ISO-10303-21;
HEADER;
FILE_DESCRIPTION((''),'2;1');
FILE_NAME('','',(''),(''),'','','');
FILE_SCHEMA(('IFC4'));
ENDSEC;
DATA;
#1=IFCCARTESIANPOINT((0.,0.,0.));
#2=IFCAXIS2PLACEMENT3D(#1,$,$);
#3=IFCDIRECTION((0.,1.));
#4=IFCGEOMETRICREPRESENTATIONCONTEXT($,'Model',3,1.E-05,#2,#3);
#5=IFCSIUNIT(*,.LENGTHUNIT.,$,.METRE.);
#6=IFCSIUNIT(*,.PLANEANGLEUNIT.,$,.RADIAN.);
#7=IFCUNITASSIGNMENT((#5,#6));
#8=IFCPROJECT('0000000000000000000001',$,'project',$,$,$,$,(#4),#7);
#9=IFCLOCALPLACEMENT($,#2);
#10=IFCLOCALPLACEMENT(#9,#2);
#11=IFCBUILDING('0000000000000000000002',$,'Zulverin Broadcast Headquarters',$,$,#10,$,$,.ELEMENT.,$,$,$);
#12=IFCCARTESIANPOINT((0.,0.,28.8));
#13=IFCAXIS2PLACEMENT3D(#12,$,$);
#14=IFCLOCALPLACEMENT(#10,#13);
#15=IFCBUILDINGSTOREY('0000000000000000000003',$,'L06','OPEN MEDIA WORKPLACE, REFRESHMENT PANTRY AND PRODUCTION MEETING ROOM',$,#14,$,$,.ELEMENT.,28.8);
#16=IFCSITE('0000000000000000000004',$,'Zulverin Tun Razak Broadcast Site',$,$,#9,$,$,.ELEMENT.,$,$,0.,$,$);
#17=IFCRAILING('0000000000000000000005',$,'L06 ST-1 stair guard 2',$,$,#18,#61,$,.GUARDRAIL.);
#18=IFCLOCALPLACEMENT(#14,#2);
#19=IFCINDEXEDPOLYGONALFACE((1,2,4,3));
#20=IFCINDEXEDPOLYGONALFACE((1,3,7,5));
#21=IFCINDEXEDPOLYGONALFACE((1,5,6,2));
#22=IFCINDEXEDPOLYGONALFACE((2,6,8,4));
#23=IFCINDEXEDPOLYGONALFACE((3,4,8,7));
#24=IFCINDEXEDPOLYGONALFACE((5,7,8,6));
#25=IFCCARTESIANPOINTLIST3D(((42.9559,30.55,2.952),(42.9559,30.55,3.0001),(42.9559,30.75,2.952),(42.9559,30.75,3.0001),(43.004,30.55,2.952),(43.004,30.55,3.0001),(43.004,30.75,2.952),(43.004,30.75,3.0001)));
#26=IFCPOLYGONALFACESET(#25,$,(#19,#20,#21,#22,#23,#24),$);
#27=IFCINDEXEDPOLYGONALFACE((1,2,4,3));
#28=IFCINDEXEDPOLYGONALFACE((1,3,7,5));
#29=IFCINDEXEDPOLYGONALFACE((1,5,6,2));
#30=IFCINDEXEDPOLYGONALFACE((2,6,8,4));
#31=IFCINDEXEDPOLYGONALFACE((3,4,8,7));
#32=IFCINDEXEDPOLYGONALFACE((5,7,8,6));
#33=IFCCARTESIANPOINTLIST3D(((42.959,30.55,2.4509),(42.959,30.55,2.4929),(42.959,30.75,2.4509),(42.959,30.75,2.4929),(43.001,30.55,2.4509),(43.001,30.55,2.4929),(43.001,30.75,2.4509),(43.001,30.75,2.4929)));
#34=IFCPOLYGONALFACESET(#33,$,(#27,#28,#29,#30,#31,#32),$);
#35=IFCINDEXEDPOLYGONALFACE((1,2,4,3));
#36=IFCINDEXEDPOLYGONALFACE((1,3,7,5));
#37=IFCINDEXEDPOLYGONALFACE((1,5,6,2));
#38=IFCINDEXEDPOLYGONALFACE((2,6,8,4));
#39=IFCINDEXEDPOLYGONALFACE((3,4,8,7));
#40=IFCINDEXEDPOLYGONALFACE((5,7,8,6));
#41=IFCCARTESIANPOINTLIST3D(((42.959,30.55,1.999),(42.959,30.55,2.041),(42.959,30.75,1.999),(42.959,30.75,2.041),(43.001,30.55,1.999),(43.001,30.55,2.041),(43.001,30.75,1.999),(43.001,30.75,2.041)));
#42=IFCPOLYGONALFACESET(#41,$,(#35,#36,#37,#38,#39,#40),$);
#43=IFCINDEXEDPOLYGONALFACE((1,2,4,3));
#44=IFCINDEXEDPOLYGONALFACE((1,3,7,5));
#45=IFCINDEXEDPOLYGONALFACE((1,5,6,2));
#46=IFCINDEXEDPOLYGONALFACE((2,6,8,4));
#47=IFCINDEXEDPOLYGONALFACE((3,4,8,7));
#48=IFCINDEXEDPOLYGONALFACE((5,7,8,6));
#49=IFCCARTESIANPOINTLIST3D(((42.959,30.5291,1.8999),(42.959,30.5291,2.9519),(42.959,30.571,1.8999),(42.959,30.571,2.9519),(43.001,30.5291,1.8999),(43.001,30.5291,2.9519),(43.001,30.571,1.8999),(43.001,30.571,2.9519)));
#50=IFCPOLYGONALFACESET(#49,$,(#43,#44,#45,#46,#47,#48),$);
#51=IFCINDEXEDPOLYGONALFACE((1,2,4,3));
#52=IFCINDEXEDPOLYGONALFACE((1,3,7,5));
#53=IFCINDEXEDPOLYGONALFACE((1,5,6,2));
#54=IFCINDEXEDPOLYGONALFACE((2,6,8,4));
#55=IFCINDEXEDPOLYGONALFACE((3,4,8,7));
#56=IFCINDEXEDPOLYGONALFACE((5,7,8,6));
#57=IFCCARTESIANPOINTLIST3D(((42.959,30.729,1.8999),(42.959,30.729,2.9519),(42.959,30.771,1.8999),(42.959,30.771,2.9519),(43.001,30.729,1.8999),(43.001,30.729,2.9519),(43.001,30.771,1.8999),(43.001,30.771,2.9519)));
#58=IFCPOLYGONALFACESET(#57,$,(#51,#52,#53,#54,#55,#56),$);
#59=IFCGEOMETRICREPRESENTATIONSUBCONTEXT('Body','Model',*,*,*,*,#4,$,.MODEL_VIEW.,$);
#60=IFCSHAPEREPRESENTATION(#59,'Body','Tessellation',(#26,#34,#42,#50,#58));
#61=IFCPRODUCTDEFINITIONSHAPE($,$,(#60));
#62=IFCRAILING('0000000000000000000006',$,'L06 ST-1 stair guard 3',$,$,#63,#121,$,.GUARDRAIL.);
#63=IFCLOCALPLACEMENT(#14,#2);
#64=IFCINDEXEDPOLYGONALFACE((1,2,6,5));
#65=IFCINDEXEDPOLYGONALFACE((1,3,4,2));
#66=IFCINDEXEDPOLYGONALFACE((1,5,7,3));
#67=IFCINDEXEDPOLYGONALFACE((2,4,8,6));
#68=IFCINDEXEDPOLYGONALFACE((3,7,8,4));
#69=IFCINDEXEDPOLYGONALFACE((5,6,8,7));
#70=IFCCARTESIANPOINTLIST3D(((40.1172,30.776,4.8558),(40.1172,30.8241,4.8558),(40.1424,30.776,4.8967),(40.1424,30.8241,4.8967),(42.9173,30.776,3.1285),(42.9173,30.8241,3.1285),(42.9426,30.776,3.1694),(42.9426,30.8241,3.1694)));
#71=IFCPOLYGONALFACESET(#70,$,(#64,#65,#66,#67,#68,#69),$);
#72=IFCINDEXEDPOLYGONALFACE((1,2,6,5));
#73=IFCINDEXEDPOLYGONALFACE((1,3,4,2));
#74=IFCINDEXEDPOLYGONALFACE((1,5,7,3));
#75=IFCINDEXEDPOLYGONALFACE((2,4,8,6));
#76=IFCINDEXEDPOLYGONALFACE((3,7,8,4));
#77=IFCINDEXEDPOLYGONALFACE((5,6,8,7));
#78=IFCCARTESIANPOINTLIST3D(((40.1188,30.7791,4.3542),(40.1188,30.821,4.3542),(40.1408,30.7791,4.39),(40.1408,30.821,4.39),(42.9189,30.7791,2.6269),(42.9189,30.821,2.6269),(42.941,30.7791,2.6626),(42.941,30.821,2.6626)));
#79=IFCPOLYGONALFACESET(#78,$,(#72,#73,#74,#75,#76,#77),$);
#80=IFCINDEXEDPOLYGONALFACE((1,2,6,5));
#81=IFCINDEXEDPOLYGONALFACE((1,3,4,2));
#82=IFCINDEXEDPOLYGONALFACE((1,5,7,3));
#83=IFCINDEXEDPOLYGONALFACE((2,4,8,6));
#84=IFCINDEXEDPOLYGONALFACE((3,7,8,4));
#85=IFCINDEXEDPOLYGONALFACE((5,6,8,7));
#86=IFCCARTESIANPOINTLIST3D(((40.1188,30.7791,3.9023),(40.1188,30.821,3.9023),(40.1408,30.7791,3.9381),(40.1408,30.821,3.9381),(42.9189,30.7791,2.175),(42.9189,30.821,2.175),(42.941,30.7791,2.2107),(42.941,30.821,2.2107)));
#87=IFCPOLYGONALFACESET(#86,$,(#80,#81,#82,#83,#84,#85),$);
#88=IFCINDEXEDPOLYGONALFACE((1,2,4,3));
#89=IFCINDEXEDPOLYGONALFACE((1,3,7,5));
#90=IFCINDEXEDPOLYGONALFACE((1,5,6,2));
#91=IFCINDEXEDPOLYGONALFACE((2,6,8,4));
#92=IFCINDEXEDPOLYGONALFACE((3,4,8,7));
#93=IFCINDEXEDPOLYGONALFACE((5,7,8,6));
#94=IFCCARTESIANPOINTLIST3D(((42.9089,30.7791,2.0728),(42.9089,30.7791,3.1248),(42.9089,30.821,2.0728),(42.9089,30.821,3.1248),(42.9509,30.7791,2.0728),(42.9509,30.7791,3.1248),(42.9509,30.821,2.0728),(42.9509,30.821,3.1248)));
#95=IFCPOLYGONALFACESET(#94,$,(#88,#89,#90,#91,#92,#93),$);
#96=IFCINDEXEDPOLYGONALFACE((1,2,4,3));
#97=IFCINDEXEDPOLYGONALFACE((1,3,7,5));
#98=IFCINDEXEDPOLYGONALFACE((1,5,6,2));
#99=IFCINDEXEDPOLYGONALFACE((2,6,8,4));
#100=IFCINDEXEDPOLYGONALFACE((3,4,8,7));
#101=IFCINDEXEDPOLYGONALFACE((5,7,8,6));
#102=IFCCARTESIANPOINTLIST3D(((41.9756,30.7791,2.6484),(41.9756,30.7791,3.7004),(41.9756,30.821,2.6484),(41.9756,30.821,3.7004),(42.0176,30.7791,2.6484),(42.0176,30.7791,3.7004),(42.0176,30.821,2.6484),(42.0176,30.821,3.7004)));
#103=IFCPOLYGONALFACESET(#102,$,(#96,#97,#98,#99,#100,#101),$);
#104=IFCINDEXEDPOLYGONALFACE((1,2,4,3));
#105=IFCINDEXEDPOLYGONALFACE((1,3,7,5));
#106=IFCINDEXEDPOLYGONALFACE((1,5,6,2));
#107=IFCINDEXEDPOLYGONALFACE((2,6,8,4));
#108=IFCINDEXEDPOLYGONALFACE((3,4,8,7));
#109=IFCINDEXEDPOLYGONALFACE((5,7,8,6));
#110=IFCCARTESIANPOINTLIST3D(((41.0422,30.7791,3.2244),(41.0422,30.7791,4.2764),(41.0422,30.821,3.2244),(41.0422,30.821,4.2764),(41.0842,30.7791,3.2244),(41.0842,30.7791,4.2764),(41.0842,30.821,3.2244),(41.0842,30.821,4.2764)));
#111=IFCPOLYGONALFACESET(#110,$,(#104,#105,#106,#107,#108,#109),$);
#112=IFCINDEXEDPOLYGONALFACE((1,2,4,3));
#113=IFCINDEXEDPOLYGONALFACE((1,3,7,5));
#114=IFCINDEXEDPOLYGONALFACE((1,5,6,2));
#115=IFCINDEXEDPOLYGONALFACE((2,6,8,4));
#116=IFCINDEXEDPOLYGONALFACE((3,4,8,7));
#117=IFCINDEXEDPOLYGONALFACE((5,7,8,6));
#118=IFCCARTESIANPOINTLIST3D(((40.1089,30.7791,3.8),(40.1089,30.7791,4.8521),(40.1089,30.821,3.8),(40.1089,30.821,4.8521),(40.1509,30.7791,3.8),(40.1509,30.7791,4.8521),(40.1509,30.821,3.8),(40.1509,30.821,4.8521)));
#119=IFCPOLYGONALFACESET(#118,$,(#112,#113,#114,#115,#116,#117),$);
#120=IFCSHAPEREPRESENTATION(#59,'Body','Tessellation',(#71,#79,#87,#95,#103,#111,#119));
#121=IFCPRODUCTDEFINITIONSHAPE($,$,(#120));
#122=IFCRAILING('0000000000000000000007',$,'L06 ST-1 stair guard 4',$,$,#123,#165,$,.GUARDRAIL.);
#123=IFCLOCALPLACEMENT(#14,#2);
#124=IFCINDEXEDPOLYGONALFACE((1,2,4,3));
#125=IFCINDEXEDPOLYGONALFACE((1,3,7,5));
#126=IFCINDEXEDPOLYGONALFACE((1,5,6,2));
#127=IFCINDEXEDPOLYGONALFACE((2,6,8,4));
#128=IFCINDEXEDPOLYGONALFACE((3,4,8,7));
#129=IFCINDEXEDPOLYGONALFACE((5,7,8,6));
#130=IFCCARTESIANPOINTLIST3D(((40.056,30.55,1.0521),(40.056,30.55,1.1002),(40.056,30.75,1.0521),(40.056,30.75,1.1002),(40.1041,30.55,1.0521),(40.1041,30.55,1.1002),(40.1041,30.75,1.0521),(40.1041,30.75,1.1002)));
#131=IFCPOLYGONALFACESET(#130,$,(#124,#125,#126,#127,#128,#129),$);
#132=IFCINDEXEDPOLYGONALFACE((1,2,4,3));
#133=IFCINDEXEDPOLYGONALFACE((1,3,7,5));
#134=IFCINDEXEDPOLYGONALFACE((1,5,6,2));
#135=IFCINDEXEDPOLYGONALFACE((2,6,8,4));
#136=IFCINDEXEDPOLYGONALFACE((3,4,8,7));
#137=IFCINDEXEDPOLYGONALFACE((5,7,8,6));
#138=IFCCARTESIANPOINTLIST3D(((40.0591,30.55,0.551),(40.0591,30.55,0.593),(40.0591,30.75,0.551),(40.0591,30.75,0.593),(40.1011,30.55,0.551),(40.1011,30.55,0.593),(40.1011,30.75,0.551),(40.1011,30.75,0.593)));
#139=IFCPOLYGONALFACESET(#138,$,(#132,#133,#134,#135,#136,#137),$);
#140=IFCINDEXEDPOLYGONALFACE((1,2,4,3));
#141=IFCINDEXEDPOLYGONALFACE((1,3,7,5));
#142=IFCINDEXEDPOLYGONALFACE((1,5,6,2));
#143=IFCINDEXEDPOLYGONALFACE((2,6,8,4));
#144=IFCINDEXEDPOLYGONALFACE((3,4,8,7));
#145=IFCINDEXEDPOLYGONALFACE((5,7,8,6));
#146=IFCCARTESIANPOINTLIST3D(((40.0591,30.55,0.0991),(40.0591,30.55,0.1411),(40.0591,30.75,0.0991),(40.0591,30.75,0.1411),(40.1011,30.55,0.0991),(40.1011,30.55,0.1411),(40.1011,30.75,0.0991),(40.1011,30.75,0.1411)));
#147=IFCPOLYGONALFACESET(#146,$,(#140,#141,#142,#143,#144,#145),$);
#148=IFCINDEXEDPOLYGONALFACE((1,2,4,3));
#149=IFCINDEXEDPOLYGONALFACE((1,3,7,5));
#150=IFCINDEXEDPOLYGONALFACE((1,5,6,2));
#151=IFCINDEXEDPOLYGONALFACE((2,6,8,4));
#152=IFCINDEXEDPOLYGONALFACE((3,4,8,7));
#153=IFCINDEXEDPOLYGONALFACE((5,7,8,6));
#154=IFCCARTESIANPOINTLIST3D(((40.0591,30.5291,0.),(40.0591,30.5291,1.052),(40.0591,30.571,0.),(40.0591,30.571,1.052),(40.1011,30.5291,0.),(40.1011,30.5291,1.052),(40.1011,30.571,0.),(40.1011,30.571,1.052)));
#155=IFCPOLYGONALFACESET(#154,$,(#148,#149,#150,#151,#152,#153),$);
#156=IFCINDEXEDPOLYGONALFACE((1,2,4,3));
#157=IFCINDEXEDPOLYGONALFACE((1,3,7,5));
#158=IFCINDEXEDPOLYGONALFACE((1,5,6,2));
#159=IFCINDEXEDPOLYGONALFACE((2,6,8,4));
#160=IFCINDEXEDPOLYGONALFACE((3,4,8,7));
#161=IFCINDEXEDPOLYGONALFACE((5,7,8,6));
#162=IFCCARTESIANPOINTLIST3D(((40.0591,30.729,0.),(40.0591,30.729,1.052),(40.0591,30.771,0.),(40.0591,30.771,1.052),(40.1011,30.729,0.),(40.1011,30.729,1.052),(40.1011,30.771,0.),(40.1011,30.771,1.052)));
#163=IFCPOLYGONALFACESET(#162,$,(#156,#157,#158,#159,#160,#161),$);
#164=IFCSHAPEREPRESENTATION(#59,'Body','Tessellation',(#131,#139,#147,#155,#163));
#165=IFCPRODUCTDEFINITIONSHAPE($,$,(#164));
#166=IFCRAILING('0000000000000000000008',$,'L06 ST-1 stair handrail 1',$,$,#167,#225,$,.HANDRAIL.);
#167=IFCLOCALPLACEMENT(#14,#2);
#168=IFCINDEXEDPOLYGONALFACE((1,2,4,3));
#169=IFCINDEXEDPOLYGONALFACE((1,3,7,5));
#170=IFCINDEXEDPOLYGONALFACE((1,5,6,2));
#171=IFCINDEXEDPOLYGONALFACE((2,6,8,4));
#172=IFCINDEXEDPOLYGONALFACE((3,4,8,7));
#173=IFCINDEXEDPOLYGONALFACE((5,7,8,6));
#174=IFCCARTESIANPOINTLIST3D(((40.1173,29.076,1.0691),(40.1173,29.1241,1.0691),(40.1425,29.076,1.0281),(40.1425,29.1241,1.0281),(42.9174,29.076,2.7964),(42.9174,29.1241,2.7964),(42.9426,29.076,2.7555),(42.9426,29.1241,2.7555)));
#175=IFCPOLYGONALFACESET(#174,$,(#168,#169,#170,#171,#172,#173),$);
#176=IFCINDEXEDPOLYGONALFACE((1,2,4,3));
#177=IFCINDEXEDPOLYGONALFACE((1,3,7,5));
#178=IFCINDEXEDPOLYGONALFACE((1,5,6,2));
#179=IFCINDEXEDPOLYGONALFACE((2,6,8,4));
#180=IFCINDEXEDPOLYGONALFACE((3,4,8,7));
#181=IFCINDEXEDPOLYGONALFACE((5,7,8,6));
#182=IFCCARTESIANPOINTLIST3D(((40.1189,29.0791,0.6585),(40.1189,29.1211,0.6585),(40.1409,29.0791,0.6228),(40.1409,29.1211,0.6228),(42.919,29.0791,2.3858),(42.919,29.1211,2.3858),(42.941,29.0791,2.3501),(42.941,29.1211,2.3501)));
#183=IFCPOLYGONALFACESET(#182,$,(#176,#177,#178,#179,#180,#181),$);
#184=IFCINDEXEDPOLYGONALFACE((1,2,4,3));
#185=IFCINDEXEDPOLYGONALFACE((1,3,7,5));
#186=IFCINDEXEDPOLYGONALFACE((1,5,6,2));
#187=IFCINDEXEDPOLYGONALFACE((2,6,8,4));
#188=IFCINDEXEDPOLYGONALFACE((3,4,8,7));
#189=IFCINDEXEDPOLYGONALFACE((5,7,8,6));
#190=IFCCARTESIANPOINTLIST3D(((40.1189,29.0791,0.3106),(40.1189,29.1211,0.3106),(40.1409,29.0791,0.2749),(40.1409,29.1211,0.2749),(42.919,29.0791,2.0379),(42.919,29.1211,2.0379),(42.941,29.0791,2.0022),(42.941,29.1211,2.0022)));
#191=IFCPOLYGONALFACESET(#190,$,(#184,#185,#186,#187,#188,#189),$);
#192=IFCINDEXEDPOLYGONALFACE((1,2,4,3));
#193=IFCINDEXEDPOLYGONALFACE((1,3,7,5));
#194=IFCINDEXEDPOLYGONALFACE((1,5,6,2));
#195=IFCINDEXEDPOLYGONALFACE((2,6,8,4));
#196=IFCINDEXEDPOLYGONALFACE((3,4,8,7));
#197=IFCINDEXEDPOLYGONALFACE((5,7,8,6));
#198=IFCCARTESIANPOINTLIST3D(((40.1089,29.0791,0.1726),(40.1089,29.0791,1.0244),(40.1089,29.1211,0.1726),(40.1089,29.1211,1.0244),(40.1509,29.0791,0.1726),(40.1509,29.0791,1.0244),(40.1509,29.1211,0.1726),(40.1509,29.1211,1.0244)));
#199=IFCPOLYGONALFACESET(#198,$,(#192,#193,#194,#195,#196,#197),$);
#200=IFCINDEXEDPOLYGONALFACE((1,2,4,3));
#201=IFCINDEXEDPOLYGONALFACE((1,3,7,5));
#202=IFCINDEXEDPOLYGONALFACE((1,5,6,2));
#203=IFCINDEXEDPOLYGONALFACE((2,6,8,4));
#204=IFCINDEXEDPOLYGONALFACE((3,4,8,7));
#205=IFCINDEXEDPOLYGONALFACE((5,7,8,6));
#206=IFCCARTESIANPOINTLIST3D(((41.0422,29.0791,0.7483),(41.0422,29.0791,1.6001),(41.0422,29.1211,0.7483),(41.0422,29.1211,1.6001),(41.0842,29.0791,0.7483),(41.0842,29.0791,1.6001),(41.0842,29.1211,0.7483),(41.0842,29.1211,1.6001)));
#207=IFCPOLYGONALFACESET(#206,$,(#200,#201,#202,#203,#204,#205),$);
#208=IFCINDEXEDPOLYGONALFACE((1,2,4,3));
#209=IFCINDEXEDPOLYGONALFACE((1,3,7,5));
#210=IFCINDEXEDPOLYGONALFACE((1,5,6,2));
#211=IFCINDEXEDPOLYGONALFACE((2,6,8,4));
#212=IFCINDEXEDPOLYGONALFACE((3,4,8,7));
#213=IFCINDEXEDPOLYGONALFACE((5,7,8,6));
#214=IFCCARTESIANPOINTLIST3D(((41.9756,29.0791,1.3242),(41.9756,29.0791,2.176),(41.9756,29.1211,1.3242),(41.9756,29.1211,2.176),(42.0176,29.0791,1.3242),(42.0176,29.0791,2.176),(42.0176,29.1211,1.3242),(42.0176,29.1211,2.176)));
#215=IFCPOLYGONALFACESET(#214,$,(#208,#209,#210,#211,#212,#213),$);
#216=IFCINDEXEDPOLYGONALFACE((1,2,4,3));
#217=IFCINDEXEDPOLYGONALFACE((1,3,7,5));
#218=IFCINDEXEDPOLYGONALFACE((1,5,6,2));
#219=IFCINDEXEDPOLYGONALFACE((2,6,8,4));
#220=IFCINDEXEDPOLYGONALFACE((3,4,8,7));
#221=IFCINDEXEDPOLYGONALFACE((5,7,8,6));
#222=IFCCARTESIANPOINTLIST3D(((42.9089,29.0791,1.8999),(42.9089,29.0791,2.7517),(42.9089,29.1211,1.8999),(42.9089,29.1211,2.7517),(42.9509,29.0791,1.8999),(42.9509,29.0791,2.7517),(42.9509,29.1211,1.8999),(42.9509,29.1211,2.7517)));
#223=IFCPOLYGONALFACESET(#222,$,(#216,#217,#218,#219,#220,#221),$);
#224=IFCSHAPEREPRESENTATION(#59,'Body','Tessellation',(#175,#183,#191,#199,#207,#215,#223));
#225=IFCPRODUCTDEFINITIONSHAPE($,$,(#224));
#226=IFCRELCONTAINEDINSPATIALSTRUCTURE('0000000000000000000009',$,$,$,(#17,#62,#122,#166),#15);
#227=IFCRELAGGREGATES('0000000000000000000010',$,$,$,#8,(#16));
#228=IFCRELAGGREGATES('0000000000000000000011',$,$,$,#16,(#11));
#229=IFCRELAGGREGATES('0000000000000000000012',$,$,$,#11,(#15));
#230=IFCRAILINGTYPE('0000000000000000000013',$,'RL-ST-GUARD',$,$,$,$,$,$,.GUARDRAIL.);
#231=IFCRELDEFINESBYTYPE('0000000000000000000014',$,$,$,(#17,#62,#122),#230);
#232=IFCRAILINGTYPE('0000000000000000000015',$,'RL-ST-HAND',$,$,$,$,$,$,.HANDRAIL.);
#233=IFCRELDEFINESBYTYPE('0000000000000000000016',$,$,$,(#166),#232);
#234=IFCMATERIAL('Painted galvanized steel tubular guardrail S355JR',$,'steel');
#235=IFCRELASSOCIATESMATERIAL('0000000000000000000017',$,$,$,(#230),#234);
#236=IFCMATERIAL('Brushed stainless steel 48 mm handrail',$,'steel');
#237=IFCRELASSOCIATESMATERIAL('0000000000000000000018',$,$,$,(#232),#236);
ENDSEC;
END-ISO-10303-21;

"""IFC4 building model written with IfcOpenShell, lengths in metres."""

from ifc_helpers import new_model, si_unit, direction, frame, origin, origin_2d, place, context, subcontext, project, spatial, rectangle, extrude, material, type_object, element, save


model = new_model("IFC4")

# Units and contexts
model_context = context("Model", 3, precision=1e-05, world=origin(), true_north=direction((0.0, 1.0)))
body_context = subcontext(model_context, "Body", "Model", "MODEL_VIEW")
ifc_project = project(units=[si_unit("LENGTHUNIT", "METRE"), si_unit("PLANEANGLEUNIT", "RADIAN")], contexts=[model_context])

# Site, building, storey
site_placement = place(None, origin())
site = spatial("IfcSite", under=ifc_project, at=site_placement, Name="Zulverin Tun Razak Broadcast Site", CompositionType="ELEMENT", RefElevation=0.0)
building_placement = place(site_placement, origin())
building = spatial("IfcBuilding", under=site, at=building_placement, Name="Zulverin Broadcast Headquarters", CompositionType="ELEMENT")
storey_placement = place(building_placement, frame((0.0, 0.0, 28.8)))
storey = spatial("IfcBuildingStorey", under=building, at=storey_placement, Name="L06", Description="OPEN MEDIA WORKPLACE, REFRESHMENT PANTRY AND PRODUCTION MEETING ROOM", CompositionType="ELEMENT", Elevation=28.8)

# Railings
ifc_material_1 = material(Name="Painted galvanized steel tubular guardrail S355JR", Category="steel")
railing_type_1 = type_object("IfcRailingType", Name="RL-ST-GUARD", PredefinedType="GUARDRAIL", material=ifc_material_1)
railing_1_placement = place(storey_placement, frame((42.98, 30.55, 1.8999)))
element("IfcRailing", 1, at=railing_1_placement, inside=storey, type_object=railing_type_1, Name="L06 ST-1 stair guard 2", PredefinedType="GUARDRAIL", context=body_context, shape_type="SweptSolid", body=[
    extrude(rectangle(XDim=0.0481, YDim=0.0481, at=origin_2d()), frame((0.0, 0.0, 1.0762), z_axis=(0.0, 1.0, 0.0), x_axis=(-1.0, 0.0, 0.0)), (0.0, 0.0, 1.0), 0.2),
    extrude(rectangle(XDim=0.042, YDim=0.042, at=origin_2d()), frame((0.0, 0.0, 0.572), z_axis=(0.0, 1.0, 0.0), x_axis=(-1.0, 0.0, 0.0)), (0.0, 0.0, 1.0), 0.2),
    extrude(rectangle(XDim=0.042, YDim=0.042, at=origin_2d()), frame((0.0, 0.0, 0.1201), z_axis=(0.0, 1.0, 0.0), x_axis=(-1.0, 0.0, 0.0)), (0.0, 0.0, 1.0), 0.2),
    extrude(rectangle(XDim=0.042, YDim=0.042, at=origin_2d()), origin(), (0.0, 0.0, 1.0), 1.052),
    extrude(rectangle(XDim=0.042, YDim=0.042, at=origin_2d()), frame((0.0, 0.2, 0.0)), (0.0, 0.0, 1.0), 1.052),
])
railing_2_placement = place(storey_placement, frame((42.9299, 30.8, 2.0728)))
element("IfcRailing", 2, at=railing_2_placement, inside=storey, type_object=railing_type_1, Name="L06 ST-1 stair guard 3", PredefinedType="GUARDRAIL", context=body_context, shape_type="SweptSolid", body=[
    extrude(rectangle(XDim=0.0481, YDim=0.0481, at=origin_2d()), frame((0.0, 0.0, 1.0762), z_axis=(-0.85109, 0.0, 0.52502), x_axis=(0.0, -1.0, 0.0)), (0.0, 0.0, 1.0), 3.29),
    extrude(rectangle(XDim=0.042, YDim=0.042, at=origin_2d()), frame((0.0, 0.0, 0.572), z_axis=(-0.85109, 0.0, 0.52502), x_axis=(0.0, -1.0, 0.0)), (0.0, 0.0, 1.0), 3.29),
    extrude(rectangle(XDim=0.042, YDim=0.042, at=origin_2d()), frame((0.0, 0.0, 0.1201), z_axis=(-0.85109, 0.0, 0.52502), x_axis=(0.0, -1.0, 0.0)), (0.0, 0.0, 1.0), 3.29),
    extrude(rectangle(XDim=0.042, YDim=0.042, at=origin_2d()), origin(), (0.0, 0.0, 1.0), 1.052),
    extrude(rectangle(XDim=0.042, YDim=0.042, at=origin_2d()), frame((-0.9333, 0.0, 0.5757)), (0.0, 0.0, 1.0), 1.052),
    extrude(rectangle(XDim=0.042, YDim=0.042, at=origin_2d()), frame((-1.8667, 0.0, 1.1516)), (0.0, 0.0, 1.0), 1.052),
    extrude(rectangle(XDim=0.042, YDim=0.042, at=origin_2d()), frame((-2.8, 0.0, 1.7273)), (0.0, 0.0, 1.0), 1.052),
])
railing_3_placement = place(storey_placement, frame((40.0801, 30.55, 0.0)))
element("IfcRailing", 3, at=railing_3_placement, inside=storey, type_object=railing_type_1, Name="L06 ST-1 stair guard 4", PredefinedType="GUARDRAIL", context=body_context, shape_type="SweptSolid", body=[
    extrude(rectangle(XDim=0.0481, YDim=0.0481, at=origin_2d()), frame((0.0, 0.0, 1.0762), z_axis=(0.0, 1.0, 0.0), x_axis=(-1.0, 0.0, 0.0)), (0.0, 0.0, 1.0), 0.2),
    extrude(rectangle(XDim=0.042, YDim=0.042, at=origin_2d()), frame((0.0, 0.0, 0.572), z_axis=(0.0, 1.0, 0.0), x_axis=(-1.0, 0.0, 0.0)), (0.0, 0.0, 1.0), 0.2),
    extrude(rectangle(XDim=0.042, YDim=0.042, at=origin_2d()), frame((0.0, 0.0, 0.1201), z_axis=(0.0, 1.0, 0.0), x_axis=(-1.0, 0.0, 0.0)), (0.0, 0.0, 1.0), 0.2),
    extrude(rectangle(XDim=0.042, YDim=0.042, at=origin_2d()), origin(), (0.0, 0.0, 1.0), 1.052),
    extrude(rectangle(XDim=0.042, YDim=0.042, at=origin_2d()), frame((0.0, 0.2, 0.0)), (0.0, 0.0, 1.0), 1.052),
])
ifc_material_2 = material(Name="Brushed stainless steel 48 mm handrail", Category="steel")
railing_type_2 = type_object("IfcRailingType", Name="RL-ST-HAND", PredefinedType="HANDRAIL", material=ifc_material_2)
railing_4_placement = place(storey_placement, frame((40.1299, 29.1001, 0.1726)))
element("IfcRailing", 4, at=railing_4_placement, inside=storey, type_object=railing_type_2, Name="L06 ST-1 stair handrail 1", PredefinedType="HANDRAIL", context=body_context, shape_type="SweptSolid", body=[
    extrude(rectangle(XDim=0.0481, YDim=0.0481, at=origin_2d()), frame((0.0, 0.0, 0.876), z_axis=(0.85109, 0.0, 0.52502), x_axis=(0.0, 1.0, 0.0)), (0.0, 0.0, 1.0), 3.29),
    extrude(rectangle(XDim=0.042, YDim=0.042, at=origin_2d()), frame((0.0, 0.0, 0.468), z_axis=(0.85109, 0.0, 0.52502), x_axis=(0.0, 1.0, 0.0)), (0.0, 0.0, 1.0), 3.29),
    extrude(rectangle(XDim=0.042, YDim=0.042, at=origin_2d()), frame((0.0, 0.0, 0.1201), z_axis=(0.85109, 0.0, 0.52502), x_axis=(0.0, 1.0, 0.0)), (0.0, 0.0, 1.0), 3.29),
    extrude(rectangle(XDim=0.042, YDim=0.042, at=origin_2d()), origin(), (0.0, 0.0, 1.0), 0.8518),
    extrude(rectangle(XDim=0.042, YDim=0.042, at=origin_2d()), frame((0.9333, 0.0, 0.5757)), (0.0, 0.0, 1.0), 0.8518),
    extrude(rectangle(XDim=0.042, YDim=0.042, at=origin_2d()), frame((1.8667, 0.0, 1.1516)), (0.0, 0.0, 1.0), 0.8518),
    extrude(rectangle(XDim=0.042, YDim=0.042, at=origin_2d()), frame((2.8, 0.0, 1.7273)), (0.0, 0.0, 1.0), 0.8518),
])

save(model, "model.ifc")
